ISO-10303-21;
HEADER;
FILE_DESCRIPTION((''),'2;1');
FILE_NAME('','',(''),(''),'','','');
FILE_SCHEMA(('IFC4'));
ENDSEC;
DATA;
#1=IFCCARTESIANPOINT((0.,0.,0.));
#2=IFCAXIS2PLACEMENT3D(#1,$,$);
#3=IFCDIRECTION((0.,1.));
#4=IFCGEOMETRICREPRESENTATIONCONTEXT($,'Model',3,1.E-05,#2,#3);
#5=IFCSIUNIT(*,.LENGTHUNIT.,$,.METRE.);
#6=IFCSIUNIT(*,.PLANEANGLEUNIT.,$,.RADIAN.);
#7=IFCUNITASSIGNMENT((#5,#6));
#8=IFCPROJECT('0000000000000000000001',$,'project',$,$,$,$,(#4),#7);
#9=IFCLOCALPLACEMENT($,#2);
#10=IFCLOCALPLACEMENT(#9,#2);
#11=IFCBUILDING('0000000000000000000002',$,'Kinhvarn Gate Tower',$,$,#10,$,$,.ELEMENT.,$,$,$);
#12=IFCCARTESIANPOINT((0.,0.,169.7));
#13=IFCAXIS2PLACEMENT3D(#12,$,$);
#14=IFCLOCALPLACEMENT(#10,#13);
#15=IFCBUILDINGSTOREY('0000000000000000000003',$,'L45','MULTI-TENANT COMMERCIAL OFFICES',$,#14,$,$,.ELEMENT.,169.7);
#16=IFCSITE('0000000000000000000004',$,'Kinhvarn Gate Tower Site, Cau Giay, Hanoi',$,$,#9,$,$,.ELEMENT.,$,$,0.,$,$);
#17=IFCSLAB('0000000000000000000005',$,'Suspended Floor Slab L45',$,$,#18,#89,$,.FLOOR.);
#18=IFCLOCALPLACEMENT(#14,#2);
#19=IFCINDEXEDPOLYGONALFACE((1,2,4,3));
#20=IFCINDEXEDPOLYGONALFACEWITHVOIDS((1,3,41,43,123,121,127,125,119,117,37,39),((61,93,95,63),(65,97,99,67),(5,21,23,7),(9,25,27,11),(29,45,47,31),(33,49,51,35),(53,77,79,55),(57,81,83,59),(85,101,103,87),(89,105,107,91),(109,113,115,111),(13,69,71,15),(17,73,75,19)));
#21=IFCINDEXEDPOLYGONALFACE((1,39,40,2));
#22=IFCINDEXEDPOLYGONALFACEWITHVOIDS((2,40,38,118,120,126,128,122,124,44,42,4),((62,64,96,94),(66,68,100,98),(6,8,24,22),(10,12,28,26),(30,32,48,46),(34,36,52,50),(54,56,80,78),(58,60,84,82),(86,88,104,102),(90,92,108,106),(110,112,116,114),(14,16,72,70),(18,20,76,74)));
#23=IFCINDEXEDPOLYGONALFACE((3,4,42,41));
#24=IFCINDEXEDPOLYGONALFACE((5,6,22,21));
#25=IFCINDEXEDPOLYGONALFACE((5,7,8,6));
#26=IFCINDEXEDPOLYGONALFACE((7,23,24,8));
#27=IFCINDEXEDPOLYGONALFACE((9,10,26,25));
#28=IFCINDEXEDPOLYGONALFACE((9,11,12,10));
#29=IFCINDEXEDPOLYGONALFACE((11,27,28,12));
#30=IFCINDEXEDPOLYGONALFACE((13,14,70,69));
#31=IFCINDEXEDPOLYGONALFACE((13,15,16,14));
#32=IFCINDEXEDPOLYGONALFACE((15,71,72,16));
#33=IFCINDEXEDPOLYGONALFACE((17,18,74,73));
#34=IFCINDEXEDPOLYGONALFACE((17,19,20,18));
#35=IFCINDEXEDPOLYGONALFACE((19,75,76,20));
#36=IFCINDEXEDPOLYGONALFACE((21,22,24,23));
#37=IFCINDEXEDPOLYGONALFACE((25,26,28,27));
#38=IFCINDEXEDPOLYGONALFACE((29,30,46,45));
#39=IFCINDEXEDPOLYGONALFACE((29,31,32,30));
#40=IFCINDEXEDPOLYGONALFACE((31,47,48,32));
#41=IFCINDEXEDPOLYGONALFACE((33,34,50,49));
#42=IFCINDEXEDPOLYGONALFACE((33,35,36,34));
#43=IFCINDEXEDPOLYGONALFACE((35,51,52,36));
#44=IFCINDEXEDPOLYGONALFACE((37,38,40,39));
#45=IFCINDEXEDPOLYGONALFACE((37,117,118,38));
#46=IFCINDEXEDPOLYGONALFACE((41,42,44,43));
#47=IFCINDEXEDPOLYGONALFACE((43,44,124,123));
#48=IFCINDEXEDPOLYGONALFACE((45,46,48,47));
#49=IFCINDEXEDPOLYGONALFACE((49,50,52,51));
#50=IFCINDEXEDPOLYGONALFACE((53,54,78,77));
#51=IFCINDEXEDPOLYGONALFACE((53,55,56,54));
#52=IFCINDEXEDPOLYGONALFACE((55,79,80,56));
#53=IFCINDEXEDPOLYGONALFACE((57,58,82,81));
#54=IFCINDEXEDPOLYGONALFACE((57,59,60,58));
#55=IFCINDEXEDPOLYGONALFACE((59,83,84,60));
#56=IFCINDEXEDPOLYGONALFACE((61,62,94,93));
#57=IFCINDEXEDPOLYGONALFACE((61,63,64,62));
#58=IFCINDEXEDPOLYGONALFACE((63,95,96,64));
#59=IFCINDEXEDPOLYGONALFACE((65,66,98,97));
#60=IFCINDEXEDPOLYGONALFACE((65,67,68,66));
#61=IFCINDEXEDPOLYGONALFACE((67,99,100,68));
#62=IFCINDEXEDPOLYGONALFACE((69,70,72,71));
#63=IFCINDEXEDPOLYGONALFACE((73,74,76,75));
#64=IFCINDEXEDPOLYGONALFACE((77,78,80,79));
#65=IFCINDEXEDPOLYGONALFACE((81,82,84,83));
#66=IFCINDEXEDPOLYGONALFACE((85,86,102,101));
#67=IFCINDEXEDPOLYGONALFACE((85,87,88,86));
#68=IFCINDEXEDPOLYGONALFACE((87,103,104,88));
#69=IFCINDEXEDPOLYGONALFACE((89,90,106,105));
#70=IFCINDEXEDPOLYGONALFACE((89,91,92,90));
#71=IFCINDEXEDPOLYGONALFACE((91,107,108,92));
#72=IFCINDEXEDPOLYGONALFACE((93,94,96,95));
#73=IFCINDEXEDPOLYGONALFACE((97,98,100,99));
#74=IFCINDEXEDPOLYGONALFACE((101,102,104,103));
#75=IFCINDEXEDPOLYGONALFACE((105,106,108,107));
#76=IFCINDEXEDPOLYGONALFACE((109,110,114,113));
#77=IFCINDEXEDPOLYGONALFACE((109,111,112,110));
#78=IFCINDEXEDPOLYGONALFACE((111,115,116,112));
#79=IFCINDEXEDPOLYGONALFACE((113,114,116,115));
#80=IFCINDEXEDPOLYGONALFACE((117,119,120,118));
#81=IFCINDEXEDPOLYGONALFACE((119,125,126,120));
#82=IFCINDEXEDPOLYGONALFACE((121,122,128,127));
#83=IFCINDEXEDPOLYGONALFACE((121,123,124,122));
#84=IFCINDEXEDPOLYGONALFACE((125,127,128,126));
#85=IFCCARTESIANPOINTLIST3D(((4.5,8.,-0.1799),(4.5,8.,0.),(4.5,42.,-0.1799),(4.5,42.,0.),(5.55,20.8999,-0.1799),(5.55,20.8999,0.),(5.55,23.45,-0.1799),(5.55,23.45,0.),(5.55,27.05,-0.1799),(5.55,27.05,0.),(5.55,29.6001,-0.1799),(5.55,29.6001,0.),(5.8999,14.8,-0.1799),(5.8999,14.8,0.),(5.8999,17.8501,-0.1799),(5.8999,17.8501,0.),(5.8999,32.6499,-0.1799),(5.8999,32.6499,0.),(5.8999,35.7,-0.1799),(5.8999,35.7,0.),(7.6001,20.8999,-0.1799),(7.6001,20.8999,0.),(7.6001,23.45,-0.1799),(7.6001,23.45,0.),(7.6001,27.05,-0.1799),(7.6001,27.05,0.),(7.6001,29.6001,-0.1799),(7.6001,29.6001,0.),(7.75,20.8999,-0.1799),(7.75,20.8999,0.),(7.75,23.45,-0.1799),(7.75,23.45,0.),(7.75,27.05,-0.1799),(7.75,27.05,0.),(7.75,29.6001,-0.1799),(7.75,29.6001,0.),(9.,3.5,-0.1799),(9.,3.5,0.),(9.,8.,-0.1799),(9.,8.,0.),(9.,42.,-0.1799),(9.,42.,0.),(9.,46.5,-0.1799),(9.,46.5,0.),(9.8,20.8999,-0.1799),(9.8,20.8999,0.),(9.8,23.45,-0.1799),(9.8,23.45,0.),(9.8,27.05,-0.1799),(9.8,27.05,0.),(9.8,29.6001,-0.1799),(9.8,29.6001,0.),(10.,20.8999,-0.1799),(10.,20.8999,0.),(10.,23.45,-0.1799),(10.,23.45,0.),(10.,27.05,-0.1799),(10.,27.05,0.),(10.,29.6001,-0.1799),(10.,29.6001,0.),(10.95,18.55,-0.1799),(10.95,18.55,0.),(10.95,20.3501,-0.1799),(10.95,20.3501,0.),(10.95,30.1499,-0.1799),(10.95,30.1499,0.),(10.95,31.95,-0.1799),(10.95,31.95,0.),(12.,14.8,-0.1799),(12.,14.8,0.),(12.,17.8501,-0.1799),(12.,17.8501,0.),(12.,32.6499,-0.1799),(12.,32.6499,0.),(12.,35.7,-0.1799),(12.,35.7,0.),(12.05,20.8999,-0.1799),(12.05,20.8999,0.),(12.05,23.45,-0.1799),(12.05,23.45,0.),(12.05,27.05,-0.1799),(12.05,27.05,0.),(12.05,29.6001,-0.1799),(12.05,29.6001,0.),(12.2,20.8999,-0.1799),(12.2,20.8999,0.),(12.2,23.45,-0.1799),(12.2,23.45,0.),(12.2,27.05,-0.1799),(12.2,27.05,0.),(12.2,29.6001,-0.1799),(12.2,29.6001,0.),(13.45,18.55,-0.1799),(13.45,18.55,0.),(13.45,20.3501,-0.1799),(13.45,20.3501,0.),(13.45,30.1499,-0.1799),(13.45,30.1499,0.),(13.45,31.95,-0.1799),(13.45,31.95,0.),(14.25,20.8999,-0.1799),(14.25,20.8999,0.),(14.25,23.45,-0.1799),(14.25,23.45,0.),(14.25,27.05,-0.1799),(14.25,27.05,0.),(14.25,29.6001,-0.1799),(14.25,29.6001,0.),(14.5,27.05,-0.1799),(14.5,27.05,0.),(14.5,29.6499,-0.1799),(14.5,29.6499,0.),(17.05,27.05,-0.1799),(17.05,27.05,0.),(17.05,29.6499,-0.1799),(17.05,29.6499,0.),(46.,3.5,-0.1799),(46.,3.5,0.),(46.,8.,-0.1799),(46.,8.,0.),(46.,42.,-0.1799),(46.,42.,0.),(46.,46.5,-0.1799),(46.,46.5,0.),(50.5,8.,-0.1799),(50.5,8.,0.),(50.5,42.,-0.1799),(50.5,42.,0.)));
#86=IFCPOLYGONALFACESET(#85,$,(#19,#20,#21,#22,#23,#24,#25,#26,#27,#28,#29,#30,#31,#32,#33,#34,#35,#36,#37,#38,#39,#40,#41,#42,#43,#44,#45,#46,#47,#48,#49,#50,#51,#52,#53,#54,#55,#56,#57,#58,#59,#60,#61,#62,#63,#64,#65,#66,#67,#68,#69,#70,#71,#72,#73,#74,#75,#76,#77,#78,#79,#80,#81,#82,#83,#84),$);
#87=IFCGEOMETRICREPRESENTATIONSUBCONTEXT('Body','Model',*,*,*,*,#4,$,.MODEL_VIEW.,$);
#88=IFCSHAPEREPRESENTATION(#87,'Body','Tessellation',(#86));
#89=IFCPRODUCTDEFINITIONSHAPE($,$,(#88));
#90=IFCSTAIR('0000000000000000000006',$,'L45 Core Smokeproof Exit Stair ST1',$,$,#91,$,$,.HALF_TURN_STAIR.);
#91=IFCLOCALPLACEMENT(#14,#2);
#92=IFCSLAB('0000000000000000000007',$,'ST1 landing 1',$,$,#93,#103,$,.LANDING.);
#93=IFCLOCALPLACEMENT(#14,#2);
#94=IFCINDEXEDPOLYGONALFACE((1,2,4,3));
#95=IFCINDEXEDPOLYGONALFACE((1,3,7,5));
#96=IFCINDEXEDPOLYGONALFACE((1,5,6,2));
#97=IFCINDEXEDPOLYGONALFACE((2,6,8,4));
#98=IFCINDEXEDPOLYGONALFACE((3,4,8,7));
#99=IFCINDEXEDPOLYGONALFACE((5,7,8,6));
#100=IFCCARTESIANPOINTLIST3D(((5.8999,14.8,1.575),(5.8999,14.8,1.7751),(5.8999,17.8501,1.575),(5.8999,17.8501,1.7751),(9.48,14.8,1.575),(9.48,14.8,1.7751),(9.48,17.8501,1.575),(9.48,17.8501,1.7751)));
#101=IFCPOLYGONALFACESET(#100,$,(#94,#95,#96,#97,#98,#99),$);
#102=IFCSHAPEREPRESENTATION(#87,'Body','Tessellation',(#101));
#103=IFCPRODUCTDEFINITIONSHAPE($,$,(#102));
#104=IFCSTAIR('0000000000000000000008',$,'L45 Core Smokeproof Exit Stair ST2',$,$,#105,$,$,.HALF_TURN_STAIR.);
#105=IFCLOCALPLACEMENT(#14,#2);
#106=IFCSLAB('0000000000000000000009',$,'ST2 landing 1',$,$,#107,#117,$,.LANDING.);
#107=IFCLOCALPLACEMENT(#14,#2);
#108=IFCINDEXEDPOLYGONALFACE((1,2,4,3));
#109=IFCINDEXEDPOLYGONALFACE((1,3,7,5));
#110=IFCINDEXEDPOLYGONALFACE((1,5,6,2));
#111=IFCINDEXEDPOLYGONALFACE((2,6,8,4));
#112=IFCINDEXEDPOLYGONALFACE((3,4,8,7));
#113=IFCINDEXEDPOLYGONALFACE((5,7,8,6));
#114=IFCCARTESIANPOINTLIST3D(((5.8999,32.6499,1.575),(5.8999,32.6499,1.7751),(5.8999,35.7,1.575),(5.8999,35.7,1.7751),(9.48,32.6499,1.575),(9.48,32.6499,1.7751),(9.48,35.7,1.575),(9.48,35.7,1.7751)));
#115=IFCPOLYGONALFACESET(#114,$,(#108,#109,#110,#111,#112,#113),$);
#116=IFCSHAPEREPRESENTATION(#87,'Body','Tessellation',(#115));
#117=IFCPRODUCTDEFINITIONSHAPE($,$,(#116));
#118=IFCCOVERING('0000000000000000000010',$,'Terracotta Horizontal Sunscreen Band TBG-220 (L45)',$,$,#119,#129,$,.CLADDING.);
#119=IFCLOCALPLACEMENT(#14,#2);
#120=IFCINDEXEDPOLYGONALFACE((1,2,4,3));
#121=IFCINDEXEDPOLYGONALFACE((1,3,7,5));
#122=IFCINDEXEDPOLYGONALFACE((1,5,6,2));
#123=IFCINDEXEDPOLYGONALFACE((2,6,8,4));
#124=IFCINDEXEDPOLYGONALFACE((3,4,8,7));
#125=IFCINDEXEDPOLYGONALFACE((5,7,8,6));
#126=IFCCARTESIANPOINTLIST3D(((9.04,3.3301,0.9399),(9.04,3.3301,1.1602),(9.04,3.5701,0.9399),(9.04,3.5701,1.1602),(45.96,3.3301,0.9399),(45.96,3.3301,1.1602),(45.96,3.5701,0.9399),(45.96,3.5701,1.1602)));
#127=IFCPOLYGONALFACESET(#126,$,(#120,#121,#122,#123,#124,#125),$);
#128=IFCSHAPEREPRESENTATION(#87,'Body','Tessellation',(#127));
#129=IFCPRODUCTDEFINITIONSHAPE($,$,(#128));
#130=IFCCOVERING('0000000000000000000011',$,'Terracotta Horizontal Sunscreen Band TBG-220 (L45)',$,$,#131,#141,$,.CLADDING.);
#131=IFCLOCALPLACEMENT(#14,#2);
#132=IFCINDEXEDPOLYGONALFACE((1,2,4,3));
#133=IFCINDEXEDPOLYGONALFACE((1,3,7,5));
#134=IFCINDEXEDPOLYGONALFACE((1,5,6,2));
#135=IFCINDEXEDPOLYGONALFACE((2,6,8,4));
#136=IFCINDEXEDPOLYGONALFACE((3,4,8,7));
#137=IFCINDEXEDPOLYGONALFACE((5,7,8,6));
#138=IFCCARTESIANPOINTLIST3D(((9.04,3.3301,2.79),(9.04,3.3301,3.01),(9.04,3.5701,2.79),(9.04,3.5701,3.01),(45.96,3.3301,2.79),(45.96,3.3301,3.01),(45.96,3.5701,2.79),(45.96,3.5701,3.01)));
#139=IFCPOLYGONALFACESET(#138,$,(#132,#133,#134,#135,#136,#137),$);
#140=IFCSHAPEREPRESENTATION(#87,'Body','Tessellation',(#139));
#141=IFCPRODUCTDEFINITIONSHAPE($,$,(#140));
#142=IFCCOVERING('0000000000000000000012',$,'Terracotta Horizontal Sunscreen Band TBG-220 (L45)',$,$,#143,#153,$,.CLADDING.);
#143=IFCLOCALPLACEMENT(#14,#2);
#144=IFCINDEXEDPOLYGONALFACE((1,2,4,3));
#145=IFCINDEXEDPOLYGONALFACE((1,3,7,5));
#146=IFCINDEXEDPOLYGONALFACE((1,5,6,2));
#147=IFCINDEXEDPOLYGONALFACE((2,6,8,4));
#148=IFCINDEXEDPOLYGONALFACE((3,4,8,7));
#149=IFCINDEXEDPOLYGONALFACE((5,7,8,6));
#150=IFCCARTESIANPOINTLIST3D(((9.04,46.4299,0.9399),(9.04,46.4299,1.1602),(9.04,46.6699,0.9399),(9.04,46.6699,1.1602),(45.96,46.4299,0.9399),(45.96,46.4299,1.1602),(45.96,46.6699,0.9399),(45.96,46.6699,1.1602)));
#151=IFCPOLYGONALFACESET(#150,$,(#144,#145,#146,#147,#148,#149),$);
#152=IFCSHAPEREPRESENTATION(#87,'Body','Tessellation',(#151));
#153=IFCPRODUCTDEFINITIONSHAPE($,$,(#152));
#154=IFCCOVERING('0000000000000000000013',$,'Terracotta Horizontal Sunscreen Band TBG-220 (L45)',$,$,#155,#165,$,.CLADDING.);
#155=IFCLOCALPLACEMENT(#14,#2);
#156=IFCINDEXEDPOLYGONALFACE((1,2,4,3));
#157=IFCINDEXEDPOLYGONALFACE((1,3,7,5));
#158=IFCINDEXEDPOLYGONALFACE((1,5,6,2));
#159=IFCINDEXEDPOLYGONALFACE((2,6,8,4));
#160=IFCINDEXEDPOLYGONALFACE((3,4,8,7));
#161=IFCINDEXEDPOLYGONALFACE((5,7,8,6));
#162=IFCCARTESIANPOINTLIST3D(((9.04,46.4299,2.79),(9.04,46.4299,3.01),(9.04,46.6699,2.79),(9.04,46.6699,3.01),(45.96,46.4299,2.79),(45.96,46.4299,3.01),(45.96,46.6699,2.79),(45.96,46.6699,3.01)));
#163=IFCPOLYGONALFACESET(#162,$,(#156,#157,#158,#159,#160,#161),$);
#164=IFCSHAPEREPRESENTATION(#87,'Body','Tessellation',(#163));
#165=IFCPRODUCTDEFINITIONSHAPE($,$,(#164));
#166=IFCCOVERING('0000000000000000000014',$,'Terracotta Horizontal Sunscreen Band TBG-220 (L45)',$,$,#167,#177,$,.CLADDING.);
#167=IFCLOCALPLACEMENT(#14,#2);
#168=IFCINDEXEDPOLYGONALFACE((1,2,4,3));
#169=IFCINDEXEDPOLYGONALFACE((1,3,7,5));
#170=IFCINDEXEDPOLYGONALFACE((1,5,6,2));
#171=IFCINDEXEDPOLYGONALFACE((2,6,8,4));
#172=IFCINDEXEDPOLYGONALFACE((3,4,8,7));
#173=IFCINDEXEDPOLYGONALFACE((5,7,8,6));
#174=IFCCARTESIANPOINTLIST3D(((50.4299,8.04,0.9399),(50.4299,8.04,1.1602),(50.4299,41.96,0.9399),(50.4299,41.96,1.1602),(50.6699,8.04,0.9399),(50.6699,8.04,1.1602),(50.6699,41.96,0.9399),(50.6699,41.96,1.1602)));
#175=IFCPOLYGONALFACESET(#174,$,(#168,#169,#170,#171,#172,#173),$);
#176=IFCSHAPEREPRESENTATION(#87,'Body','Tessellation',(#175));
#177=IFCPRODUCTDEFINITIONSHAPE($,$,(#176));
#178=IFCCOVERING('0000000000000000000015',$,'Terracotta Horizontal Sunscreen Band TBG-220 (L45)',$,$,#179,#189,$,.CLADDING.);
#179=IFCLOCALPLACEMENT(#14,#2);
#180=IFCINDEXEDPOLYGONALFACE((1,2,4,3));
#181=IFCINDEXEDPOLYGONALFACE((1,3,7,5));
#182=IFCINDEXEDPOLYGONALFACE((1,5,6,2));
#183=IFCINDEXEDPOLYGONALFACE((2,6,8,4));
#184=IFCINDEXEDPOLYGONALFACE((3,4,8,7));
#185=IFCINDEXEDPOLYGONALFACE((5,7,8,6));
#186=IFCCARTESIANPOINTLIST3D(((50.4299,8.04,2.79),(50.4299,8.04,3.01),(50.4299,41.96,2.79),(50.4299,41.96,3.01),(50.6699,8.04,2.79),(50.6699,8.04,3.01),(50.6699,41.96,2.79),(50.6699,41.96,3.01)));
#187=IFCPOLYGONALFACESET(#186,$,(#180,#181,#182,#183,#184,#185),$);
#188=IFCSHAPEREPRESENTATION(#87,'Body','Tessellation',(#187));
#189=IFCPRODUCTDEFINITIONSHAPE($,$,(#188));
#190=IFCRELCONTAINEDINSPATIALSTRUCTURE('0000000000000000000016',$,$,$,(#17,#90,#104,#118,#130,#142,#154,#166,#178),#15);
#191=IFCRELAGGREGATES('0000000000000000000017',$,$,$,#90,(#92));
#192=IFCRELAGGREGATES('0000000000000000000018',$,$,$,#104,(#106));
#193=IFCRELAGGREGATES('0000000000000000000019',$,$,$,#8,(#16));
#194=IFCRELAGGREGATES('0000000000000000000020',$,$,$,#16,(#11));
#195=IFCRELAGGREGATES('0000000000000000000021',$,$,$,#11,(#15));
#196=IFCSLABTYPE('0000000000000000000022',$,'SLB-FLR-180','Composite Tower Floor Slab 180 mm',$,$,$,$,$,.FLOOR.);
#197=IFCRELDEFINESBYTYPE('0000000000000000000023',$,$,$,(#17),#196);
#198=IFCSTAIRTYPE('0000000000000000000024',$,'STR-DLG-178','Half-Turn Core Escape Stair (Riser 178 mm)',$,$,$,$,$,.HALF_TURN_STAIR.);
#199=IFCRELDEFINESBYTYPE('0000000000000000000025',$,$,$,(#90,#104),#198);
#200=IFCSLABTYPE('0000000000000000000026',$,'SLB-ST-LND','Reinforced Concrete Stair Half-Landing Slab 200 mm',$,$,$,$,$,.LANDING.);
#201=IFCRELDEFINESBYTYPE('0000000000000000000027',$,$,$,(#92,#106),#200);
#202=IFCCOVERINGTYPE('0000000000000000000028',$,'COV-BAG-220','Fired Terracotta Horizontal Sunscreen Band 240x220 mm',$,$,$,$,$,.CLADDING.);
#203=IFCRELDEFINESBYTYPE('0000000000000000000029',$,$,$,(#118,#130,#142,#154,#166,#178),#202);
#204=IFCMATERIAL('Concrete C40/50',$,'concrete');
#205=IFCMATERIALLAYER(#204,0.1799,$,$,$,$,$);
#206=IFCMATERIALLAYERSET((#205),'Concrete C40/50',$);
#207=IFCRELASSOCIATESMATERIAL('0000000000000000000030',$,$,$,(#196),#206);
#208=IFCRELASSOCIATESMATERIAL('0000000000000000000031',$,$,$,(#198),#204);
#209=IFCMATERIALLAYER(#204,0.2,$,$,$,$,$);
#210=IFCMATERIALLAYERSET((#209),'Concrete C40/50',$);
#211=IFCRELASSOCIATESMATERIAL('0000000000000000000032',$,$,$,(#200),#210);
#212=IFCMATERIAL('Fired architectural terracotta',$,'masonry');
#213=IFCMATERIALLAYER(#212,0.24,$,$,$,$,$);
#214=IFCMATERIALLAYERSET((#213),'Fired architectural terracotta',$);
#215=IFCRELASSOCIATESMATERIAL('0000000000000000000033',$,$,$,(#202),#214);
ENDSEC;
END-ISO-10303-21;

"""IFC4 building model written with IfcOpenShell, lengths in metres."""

from ifc_helpers import new_model, si_unit, direction, frame, origin, place, context, subcontext, project, spatial, polyline, outline, extrude, material, layer, layer_set, type_object, element, aggregate, save


model = new_model("IFC4")

# Units and contexts
model_context = context("Model", 3, precision=1e-05, world=origin(), true_north=direction((0.0, 1.0)))
body_context = subcontext(model_context, "Body", "Model", "MODEL_VIEW")
ifc_project = project(units=[si_unit("LENGTHUNIT", "METRE"), si_unit("PLANEANGLEUNIT", "RADIAN")], contexts=[model_context])

# Site, building, storey
site_placement = place(None, origin())
site = spatial("IfcSite", under=ifc_project, at=site_placement, Name="Kinhvarn Gate Tower Site, Cau Giay, Hanoi", CompositionType="ELEMENT", RefElevation=0.0)
building_placement = place(site_placement, origin())
building = spatial("IfcBuilding", under=site, at=building_placement, Name="Kinhvarn Gate Tower", CompositionType="ELEMENT")
storey_placement = place(building_placement, frame((0.0, 0.0, 169.7)))
storey = spatial("IfcBuildingStorey", under=building, at=storey_placement, Name="L45", Description="MULTI-TENANT COMMERCIAL OFFICES", CompositionType="ELEMENT", Elevation=169.7)

# Slab
ifc_material_1 = material(Name="Concrete C40/50", Category="concrete")
ifc_layer_1 = layer(ifc_material_1, 0.1799)
ifc_layer_set_1 = layer_set([ifc_layer_1], Name="Concrete C40/50")
slab_type_1 = type_object("IfcSlabType", Name="SLB-FLR-180", Description="Composite Tower Floor Slab 180 mm", PredefinedType="FLOOR", material=ifc_layer_set_1)
slab_1_placement = place(storey_placement, frame((0.0, 0.0, -0.1799)))
element("IfcSlab", 1, at=slab_1_placement, inside=storey, type_object=slab_type_1, Name="Suspended Floor Slab L45", PredefinedType="FLOOR", context=body_context, shape_type="SweptSolid", body=[
    extrude(outline(polyline([(9.0, 3.5), (46.0, 3.5), (46.0, 8.0), (50.5, 8.0), (50.5, 42.0), (46.0, 42.0), (46.0, 46.5), (9.0, 46.5), (9.0, 42.0), (4.5, 42.0), (4.5, 8.0), (9.0, 8.0), (9.0, 3.5)]), holes=[polyline([(5.8999, 14.8), (12.0, 14.8), (12.0, 17.8501), (5.8999, 17.8501), (5.8999, 14.8)]), polyline([(5.8999, 32.6499), (12.0, 32.6499), (12.0, 35.7), (5.8999, 35.7), (5.8999, 32.6499)]), polyline([(5.55, 20.8999), (7.6001, 20.8999), (7.6001, 23.45), (5.55, 23.45), (5.55, 20.8999)]), polyline([(7.75, 20.8999), (9.8, 20.8999), (9.8, 23.45), (7.75, 23.45), (7.75, 20.8999)]), polyline([(5.55, 27.05), (7.6001, 27.05), (7.6001, 29.6001), (5.55, 29.6001), (5.55, 27.05)]), polyline([(7.75, 27.05), (9.8, 27.05), (9.8, 29.6001), (7.75, 29.6001), (7.75, 27.05)]), polyline([(10.0, 20.8999), (12.05, 20.8999), (12.05, 23.45), (10.0, 23.45), (10.0, 20.8999)]), polyline([(12.2, 20.8999), (14.25, 20.8999), (14.25, 23.45), (12.2, 23.45), (12.2, 20.8999)]), polyline([(10.0, 27.05), (12.05, 27.05), (12.05, 29.6001), (10.0, 29.6001), (10.0, 27.05)]), polyline([(12.2, 27.05), (14.25, 27.05), (14.25, 29.6001), (12.2, 29.6001), (12.2, 27.05)]), polyline([(14.5, 27.05), (17.05, 27.05), (17.05, 29.6499), (14.5, 29.6499), (14.5, 27.05)]), polyline([(10.95, 18.55), (13.45, 18.55), (13.45, 20.3501), (10.95, 20.3501), (10.95, 18.55)]), polyline([(10.95, 30.1499), (13.45, 30.1499), (13.45, 31.95), (10.95, 31.95), (10.95, 30.1499)])]), origin(), (0.0, 0.0, 1.0), 0.1799),
])

# Stairs, slabs
stair_type = type_object("IfcStairType", Name="STR-DLG-178", Description="Half-Turn Core Escape Stair (Riser 178 mm)", PredefinedType="HALF_TURN_STAIR", material=ifc_material_1)
stair_1_placement = place(storey_placement, origin())
stair_1 = element("IfcStair", 2, at=stair_1_placement, inside=storey, type_object=stair_type, Name="L45 Core Smokeproof Exit Stair ST1", PredefinedType="HALF_TURN_STAIR")
ifc_layer_2 = layer(ifc_material_1, 0.2)
ifc_layer_set_2 = layer_set([ifc_layer_2], Name="Concrete C40/50")
slab_type_2 = type_object("IfcSlabType", Name="SLB-ST-LND", Description="Reinforced Concrete Stair Half-Landing Slab 200 mm", PredefinedType="LANDING", material=ifc_layer_set_2)
slab_2_placement = place(storey_placement, frame((0.0, 0.0, 1.575)))
slab_2 = element("IfcSlab", 3, at=slab_2_placement, type_object=slab_type_2, Name="ST1 landing 1", PredefinedType="LANDING", context=body_context, shape_type="SweptSolid", body=[
    extrude(outline(polyline([(9.48, 17.8501), (5.8999, 17.8501), (5.8999, 14.8), (9.48, 14.8), (9.48, 17.8501)])), origin(), (0.0, 0.0, 1.0), 0.2002),
])
aggregate(stair_1, [slab_2])
stair_2_placement = place(storey_placement, origin())
stair_2 = element("IfcStair", 4, at=stair_2_placement, inside=storey, type_object=stair_type, Name="L45 Core Smokeproof Exit Stair ST2", PredefinedType="HALF_TURN_STAIR")
slab_3_placement = place(storey_placement, frame((0.0, 0.0, 1.575)))
slab_3 = element("IfcSlab", 5, at=slab_3_placement, type_object=slab_type_2, Name="ST2 landing 1", PredefinedType="LANDING", context=body_context, shape_type="SweptSolid", body=[
    extrude(outline(polyline([(9.48, 35.7), (5.8999, 35.7), (5.8999, 32.6499), (9.48, 32.6499), (9.48, 35.7)])), origin(), (0.0, 0.0, 1.0), 0.2002),
])
aggregate(stair_2, [slab_3])

# Coverings
ifc_material_2 = material(Name="Fired architectural terracotta", Category="masonry")
ifc_layer_3 = layer(ifc_material_2, 0.24)
ifc_layer_set_3 = layer_set([ifc_layer_3], Name="Fired architectural terracotta")
covering_type_1 = type_object("IfcCoveringType", Name="COV-BAG-220", Description="Fired Terracotta Horizontal Sunscreen Band 240x220 mm", PredefinedType="CLADDING", material=ifc_layer_set_3)
covering_1_placement = place(storey_placement, frame((0.0, 0.0, 0.9399)))
element("IfcCovering", 6, at=covering_1_placement, inside=storey, type_object=covering_type_1, Name="Terracotta Horizontal Sunscreen Band TBG-220 (L45)", PredefinedType="CLADDING", context=body_context, shape_type="SweptSolid", body=[
    extrude(outline(polyline([(9.04, 3.5701), (45.96, 3.5701), (45.96, 3.3301), (9.04, 3.3301), (9.04, 3.5701)])), origin(), (0.0, 0.0, 1.0), 0.2202),
])
covering_2_placement = place(storey_placement, frame((0.0, 0.0, 2.79)))
element("IfcCovering", 7, at=covering_2_placement, inside=storey, type_object=covering_type_1, Name="Terracotta Horizontal Sunscreen Band TBG-220 (L45)", PredefinedType="CLADDING", context=body_context, shape_type="SweptSolid", body=[
    extrude(outline(polyline([(9.04, 3.5701), (45.96, 3.5701), (45.96, 3.3301), (9.04, 3.3301), (9.04, 3.5701)])), origin(), (0.0, 0.0, 1.0), 0.22),
])
covering_3_placement = place(storey_placement, frame((0.0, 0.0, 0.9399)))
element("IfcCovering", 8, at=covering_3_placement, inside=storey, type_object=covering_type_1, Name="Terracotta Horizontal Sunscreen Band TBG-220 (L45)", PredefinedType="CLADDING", context=body_context, shape_type="SweptSolid", body=[
    extrude(outline(polyline([(45.96, 46.4299), (9.04, 46.4299), (9.04, 46.6699), (45.96, 46.6699), (45.96, 46.4299)])), origin(), (0.0, 0.0, 1.0), 0.2202),
])
covering_4_placement = place(storey_placement, frame((0.0, 0.0, 2.79)))
element("IfcCovering", 9, at=covering_4_placement, inside=storey, type_object=covering_type_1, Name="Terracotta Horizontal Sunscreen Band TBG-220 (L45)", PredefinedType="CLADDING", context=body_context, shape_type="SweptSolid", body=[
    extrude(outline(polyline([(45.96, 46.4299), (9.04, 46.4299), (9.04, 46.6699), (45.96, 46.6699), (45.96, 46.4299)])), origin(), (0.0, 0.0, 1.0), 0.22),
])
covering_5_placement = place(storey_placement, frame((0.0, 0.0, 0.9399)))
element("IfcCovering", 10, at=covering_5_placement, inside=storey, type_object=covering_type_1, Name="Terracotta Horizontal Sunscreen Band TBG-220 (L45)", PredefinedType="CLADDING", context=body_context, shape_type="SweptSolid", body=[
    extrude(outline(polyline([(50.4299, 8.04), (50.4299, 41.96), (50.6699, 41.96), (50.6699, 8.04), (50.4299, 8.04)])), origin(), (0.0, 0.0, 1.0), 0.2202),
])
covering_6_placement = place(storey_placement, frame((0.0, 0.0, 2.79)))
element("IfcCovering", 11, at=covering_6_placement, inside=storey, type_object=covering_type_1, Name="Terracotta Horizontal Sunscreen Band TBG-220 (L45)", PredefinedType="CLADDING", context=body_context, shape_type="SweptSolid", body=[
    extrude(outline(polyline([(50.4299, 8.04), (50.4299, 41.96), (50.6699, 41.96), (50.6699, 8.04), (50.4299, 8.04)])), origin(), (0.0, 0.0, 1.0), 0.22),
])

save(model, "model.ifc")
